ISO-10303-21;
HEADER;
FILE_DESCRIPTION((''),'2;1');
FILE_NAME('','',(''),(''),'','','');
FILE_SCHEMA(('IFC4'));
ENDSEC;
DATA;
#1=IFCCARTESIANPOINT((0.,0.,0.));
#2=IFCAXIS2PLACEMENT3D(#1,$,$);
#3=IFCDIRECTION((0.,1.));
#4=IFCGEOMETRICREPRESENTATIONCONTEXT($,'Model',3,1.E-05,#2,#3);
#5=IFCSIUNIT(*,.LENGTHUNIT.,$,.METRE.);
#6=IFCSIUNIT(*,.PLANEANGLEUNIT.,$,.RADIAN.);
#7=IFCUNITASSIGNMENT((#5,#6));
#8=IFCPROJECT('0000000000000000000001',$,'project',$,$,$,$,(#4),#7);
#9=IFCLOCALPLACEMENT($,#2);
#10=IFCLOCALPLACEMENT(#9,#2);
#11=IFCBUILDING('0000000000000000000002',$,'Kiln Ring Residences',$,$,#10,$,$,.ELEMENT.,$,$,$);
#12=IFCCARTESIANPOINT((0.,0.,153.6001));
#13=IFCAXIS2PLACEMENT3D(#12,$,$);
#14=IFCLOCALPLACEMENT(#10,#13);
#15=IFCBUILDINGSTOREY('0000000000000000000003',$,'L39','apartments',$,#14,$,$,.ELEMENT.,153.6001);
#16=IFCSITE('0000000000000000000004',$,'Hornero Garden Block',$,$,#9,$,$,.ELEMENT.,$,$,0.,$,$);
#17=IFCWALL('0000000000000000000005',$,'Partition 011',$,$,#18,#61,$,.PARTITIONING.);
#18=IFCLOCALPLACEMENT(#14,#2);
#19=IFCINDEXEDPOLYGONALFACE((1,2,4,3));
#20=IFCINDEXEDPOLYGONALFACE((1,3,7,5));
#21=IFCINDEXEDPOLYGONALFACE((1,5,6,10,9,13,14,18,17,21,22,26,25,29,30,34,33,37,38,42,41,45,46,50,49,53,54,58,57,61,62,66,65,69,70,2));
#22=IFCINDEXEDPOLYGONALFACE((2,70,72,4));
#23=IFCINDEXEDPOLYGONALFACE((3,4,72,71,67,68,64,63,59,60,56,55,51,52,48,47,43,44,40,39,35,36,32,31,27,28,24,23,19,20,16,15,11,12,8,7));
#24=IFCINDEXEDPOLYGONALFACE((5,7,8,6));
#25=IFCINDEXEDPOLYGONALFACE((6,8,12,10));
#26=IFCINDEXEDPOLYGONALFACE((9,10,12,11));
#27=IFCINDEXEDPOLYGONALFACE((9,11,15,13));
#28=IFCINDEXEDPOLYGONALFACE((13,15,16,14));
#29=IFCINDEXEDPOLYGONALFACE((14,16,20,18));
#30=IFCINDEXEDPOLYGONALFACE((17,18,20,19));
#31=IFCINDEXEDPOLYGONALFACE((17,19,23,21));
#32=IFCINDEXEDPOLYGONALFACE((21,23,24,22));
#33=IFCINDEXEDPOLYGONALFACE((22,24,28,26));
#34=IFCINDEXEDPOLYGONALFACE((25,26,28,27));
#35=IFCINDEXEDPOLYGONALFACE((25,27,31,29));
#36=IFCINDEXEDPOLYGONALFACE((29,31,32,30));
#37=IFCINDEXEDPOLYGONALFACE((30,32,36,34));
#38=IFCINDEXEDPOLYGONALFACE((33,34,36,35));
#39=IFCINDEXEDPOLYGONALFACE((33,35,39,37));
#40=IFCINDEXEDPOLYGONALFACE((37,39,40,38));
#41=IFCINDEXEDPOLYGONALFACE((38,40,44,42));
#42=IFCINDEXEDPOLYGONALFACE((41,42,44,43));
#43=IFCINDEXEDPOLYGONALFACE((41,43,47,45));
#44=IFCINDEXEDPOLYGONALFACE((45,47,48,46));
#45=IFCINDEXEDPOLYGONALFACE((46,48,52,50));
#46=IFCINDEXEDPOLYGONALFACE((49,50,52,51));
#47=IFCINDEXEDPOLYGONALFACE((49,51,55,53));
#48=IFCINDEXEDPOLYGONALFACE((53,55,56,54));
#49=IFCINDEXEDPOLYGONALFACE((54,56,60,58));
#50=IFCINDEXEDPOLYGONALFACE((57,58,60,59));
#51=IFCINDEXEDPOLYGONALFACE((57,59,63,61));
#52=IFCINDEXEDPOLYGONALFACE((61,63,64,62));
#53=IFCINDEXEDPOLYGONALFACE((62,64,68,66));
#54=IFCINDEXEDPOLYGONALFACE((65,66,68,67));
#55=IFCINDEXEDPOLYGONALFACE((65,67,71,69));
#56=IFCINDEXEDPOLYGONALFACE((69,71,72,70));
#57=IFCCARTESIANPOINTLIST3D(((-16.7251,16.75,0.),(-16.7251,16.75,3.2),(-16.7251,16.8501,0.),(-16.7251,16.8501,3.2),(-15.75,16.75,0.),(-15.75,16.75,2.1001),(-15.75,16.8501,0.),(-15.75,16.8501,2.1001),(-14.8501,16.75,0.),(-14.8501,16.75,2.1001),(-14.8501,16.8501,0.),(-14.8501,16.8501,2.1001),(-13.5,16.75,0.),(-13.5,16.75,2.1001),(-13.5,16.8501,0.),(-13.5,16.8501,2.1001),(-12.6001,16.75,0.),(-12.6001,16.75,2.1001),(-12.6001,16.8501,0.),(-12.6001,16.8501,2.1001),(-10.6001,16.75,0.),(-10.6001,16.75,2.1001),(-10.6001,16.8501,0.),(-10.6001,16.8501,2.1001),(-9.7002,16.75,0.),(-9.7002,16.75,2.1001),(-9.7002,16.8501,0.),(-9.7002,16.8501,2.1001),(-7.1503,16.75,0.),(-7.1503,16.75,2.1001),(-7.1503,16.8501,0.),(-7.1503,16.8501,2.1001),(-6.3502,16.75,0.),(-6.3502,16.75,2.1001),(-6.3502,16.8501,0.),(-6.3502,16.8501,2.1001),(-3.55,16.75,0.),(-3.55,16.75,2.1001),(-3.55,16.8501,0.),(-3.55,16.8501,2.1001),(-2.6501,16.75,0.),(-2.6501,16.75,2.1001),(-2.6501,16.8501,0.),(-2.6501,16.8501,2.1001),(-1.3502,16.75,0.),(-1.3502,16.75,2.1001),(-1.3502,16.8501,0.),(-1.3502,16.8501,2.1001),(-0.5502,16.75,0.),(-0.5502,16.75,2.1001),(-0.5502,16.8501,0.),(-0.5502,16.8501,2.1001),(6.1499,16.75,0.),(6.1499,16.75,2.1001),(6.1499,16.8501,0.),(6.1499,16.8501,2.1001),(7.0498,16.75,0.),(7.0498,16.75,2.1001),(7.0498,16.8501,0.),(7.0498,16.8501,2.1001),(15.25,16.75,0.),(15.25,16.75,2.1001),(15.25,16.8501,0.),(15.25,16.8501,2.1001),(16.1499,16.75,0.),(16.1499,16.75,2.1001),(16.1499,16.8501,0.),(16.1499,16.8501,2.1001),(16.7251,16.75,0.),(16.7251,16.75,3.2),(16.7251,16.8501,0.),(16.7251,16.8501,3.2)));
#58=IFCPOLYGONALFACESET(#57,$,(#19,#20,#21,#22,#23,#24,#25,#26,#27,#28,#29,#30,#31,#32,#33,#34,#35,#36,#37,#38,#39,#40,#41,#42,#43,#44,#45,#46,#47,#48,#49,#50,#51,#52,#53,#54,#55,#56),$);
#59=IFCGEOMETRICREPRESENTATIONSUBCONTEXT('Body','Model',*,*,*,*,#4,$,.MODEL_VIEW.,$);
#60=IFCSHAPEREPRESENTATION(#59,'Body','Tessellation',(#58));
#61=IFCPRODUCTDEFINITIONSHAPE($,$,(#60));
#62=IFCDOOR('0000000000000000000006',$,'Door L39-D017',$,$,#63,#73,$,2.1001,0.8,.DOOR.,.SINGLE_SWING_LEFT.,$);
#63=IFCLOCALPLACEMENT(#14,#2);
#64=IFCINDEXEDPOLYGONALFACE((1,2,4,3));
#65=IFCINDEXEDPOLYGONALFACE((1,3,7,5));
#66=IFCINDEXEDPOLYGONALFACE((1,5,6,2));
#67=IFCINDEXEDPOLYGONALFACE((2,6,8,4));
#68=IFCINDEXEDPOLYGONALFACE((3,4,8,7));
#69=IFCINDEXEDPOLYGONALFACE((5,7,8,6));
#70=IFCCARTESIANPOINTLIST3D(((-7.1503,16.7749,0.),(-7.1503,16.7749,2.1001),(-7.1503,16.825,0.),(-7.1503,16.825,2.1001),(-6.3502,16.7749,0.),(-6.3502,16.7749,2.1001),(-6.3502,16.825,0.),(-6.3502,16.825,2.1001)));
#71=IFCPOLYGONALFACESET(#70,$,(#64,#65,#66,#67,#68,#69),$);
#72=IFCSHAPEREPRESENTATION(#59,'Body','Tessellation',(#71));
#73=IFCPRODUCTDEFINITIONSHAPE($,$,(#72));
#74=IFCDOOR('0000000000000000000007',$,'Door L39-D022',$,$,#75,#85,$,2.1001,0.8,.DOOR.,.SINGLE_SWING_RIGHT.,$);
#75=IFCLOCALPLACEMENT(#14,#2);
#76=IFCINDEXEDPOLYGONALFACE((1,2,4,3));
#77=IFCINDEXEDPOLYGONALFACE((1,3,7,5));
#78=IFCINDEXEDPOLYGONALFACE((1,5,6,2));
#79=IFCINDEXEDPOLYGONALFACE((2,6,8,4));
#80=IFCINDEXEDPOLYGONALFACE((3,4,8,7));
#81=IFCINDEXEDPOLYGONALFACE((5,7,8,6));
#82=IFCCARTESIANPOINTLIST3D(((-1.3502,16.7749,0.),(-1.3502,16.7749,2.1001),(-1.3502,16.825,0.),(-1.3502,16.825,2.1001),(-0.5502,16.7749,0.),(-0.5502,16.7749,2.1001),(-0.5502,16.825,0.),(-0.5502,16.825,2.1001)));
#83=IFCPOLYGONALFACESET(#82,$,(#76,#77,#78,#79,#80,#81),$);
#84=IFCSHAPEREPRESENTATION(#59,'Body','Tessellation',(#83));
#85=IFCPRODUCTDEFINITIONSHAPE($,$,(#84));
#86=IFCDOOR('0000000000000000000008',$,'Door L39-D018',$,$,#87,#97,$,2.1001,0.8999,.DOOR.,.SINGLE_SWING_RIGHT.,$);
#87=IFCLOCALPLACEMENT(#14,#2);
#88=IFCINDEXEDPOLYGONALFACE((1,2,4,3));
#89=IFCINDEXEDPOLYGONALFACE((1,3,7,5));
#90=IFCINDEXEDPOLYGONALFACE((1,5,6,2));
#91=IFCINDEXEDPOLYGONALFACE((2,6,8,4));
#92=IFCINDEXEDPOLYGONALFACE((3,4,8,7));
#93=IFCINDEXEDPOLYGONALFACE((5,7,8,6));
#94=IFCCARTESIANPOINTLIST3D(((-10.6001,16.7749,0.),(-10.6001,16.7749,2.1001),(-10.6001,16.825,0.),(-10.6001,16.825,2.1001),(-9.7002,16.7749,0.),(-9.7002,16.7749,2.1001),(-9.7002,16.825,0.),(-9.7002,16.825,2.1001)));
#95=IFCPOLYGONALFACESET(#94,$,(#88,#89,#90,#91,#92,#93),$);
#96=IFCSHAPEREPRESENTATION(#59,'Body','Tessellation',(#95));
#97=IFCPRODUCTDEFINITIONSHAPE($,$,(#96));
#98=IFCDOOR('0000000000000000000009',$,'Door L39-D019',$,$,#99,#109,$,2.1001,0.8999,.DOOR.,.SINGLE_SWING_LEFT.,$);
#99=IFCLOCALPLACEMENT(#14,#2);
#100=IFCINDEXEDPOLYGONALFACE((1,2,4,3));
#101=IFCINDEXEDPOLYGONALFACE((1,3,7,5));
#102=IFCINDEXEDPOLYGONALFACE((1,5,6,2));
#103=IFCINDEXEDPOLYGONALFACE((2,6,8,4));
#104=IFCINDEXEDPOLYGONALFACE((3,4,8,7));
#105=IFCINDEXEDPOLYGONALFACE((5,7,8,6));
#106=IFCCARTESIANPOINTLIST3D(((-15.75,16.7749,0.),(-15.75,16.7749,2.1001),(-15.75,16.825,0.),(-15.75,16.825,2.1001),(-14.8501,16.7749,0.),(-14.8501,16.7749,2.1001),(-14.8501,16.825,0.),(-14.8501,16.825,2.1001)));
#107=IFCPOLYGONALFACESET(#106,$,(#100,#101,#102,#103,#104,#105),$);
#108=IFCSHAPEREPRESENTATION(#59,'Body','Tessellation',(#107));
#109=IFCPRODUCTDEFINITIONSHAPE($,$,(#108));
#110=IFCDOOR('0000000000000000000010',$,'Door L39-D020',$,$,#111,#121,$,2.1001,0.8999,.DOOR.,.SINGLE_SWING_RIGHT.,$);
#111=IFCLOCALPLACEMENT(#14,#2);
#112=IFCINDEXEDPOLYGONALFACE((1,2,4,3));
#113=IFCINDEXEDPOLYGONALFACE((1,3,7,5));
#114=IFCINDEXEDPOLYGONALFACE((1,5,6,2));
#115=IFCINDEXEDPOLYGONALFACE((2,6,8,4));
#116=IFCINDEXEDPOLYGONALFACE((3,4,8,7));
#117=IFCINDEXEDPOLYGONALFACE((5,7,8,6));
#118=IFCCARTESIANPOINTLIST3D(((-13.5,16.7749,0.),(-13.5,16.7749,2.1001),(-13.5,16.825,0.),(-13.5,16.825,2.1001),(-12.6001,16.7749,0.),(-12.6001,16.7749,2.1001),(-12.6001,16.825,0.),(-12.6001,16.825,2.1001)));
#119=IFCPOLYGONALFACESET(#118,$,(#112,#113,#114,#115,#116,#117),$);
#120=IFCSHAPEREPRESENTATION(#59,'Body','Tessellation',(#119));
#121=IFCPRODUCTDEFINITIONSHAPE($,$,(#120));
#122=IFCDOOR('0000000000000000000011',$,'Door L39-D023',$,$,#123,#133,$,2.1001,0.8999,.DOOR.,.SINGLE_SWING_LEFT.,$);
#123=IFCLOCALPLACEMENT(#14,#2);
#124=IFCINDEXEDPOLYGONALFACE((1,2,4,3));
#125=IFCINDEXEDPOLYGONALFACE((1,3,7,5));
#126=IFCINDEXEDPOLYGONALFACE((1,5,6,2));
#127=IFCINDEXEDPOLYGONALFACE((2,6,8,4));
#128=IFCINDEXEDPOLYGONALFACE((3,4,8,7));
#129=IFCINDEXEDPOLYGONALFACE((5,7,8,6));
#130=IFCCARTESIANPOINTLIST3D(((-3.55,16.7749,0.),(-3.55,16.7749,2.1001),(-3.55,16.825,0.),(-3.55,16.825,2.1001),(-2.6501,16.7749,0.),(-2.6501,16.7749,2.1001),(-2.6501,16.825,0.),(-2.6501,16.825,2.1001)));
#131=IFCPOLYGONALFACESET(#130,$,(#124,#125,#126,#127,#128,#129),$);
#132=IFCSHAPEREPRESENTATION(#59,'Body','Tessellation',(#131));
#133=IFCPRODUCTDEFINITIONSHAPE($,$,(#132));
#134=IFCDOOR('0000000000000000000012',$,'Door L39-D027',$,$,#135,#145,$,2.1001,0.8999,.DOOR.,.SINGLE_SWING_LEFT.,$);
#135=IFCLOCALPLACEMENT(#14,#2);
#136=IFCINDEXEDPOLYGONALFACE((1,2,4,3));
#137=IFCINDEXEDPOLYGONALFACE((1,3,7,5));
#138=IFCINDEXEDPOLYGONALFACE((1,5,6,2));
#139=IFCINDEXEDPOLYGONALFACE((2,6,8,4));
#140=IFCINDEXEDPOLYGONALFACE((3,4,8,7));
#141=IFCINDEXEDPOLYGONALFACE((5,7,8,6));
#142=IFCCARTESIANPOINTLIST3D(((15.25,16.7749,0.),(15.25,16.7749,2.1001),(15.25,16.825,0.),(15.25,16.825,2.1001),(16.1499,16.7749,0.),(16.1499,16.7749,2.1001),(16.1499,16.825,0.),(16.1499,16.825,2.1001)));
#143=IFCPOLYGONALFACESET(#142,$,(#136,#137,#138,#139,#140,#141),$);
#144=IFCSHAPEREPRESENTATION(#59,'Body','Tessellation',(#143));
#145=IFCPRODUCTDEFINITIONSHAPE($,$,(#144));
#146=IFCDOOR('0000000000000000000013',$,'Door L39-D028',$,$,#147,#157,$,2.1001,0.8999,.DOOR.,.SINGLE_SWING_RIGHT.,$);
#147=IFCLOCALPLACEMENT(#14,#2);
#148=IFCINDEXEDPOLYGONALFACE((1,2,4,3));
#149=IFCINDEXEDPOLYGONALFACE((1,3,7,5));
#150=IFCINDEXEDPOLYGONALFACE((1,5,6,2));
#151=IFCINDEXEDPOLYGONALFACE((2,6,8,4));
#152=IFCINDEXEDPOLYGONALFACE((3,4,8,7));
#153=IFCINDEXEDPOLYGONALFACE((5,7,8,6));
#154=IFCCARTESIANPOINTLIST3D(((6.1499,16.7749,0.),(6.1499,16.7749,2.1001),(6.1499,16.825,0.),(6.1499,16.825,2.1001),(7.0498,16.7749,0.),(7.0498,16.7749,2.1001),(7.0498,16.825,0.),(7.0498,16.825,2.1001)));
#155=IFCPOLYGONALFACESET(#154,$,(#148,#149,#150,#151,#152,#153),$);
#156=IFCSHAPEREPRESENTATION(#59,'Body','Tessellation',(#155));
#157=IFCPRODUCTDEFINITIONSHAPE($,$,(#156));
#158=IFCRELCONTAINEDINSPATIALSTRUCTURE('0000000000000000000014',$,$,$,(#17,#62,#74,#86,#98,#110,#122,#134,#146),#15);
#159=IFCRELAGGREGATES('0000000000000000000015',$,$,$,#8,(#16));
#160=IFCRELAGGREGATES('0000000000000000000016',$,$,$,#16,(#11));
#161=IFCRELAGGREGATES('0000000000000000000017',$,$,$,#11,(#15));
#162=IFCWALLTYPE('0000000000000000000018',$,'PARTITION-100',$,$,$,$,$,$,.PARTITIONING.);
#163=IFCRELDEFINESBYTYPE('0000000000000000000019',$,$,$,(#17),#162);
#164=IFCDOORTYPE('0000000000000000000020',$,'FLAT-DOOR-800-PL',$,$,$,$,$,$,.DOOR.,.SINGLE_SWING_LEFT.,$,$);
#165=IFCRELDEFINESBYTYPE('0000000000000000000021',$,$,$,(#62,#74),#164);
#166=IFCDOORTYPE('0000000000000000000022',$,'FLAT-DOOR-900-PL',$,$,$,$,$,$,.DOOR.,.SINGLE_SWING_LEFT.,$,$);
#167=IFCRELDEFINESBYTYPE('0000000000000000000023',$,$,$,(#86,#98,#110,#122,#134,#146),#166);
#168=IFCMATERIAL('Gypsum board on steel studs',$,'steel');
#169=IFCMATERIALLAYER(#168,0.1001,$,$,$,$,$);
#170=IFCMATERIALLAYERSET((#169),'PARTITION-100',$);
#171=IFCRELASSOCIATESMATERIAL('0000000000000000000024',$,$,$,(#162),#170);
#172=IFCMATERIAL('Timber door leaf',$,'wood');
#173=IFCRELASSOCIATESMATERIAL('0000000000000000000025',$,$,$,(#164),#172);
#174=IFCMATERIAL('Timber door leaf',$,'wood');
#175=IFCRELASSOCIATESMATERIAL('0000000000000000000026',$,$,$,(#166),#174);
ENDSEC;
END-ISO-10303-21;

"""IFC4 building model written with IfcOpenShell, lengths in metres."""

from ifc_helpers import new_model, si_unit, direction, frame, frame_2d, origin, place, context, subcontext, project, spatial, rectangle, extrude, material, layer, layer_set, type_object, element, fill, save


model = new_model("IFC4")

# Units and contexts
model_context = context("Model", 3, precision=1e-05, world=origin(), true_north=direction((0.0, 1.0)))
body_context = subcontext(model_context, "Body", "Model", "MODEL_VIEW")
ifc_project = project(units=[si_unit("LENGTHUNIT", "METRE"), si_unit("PLANEANGLEUNIT", "RADIAN")], contexts=[model_context])

# Site, building, storey
site_placement = place(None, origin())
site = spatial("IfcSite", under=ifc_project, at=site_placement, Name="Hornero Garden Block", CompositionType="ELEMENT", RefElevation=0.0)
building_placement = place(site_placement, origin())
building = spatial("IfcBuilding", under=site, at=building_placement, Name="Kiln Ring Residences", CompositionType="ELEMENT")
storey_placement = place(building_placement, frame((0.0, 0.0, 153.6001)))
storey = spatial("IfcBuildingStorey", under=building, at=storey_placement, Name="L39", Description="apartments", CompositionType="ELEMENT", Elevation=153.6001)

# Wall, openings, doors
ifc_material_1 = material(Name="Gypsum board on steel studs", Category="steel")
ifc_layer_1 = layer(ifc_material_1, 0.1001)
ifc_layer_set_1 = layer_set([ifc_layer_1], Name="PARTITION-100")
wall_type_1 = type_object("IfcWallType", Name="PARTITION-100", PredefinedType="PARTITIONING", material=ifc_layer_set_1)
wall_1_placement = place(storey_placement, frame((-16.7251, 16.8, 0.0), z_axis=(0.0, 0.0, 1.0), x_axis=(1.0, 0.0, 0.0)))
wall_1 = element("IfcWall", 1, at=wall_1_placement, inside=storey, type_object=wall_type_1, Name="Partition 011", PredefinedType="PARTITIONING", context=body_context, shape_type="SweptSolid", body=[
    extrude(rectangle(XDim=33.4502, YDim=0.1001, at=frame_2d((16.7251, 0.0))), origin(), (0.0, 0.0, 1.0), 3.2),
])
opening_1_placement = place(wall_1_placement, frame((9.575, 0.0, 0.0)))
opening_1 = element("IfcOpeningElement", 2, at=opening_1_placement, cuts=wall_1, PredefinedType="OPENING", context=body_context, shape_type="SweptSolid", body=[
    extrude(rectangle(XDim=0.8, YDim=2.1001, at=frame_2d((0.3999, 1.05))), frame((0.0, 0.0601, 0.0), z_axis=(0.0, -1.0, 0.0), x_axis=(1.0, 0.0, 0.0)), (0.0, 0.0, 1.0), 0.1201),
])
opening_2_placement = place(wall_1_placement, frame((6.125, 0.0, 0.0)))
opening_2 = element("IfcOpeningElement", 3, at=opening_2_placement, cuts=wall_1, PredefinedType="OPENING", context=body_context, shape_type="SweptSolid", body=[
    extrude(rectangle(XDim=0.8999, YDim=2.1001, at=frame_2d((0.45, 1.05))), frame((0.0, 0.0601, 0.0), z_axis=(0.0, -1.0, 0.0), x_axis=(1.0, 0.0, 0.0)), (0.0, 0.0, 1.0), 0.1201),
])
opening_3_placement = place(wall_1_placement, frame((0.9751, 0.0, 0.0)))
opening_3 = element("IfcOpeningElement", 4, at=opening_3_placement, cuts=wall_1, PredefinedType="OPENING", context=body_context, shape_type="SweptSolid", body=[
    extrude(rectangle(XDim=0.8999, YDim=2.1001, at=frame_2d((0.45, 1.05))), frame((0.0, 0.0601, 0.0), z_axis=(0.0, -1.0, 0.0), x_axis=(1.0, 0.0, 0.0)), (0.0, 0.0, 1.0), 0.1201),
])
opening_4_placement = place(wall_1_placement, frame((3.2251, 0.0, 0.0)))
opening_4 = element("IfcOpeningElement", 5, at=opening_4_placement, cuts=wall_1, PredefinedType="OPENING", context=body_context, shape_type="SweptSolid", body=[
    extrude(rectangle(XDim=0.8999, YDim=2.1001, at=frame_2d((0.45, 1.05))), frame((0.0, 0.0601, 0.0), z_axis=(0.0, -1.0, 0.0), x_axis=(1.0, 0.0, 0.0)), (0.0, 0.0, 1.0), 0.1201),
])
opening_5_placement = place(wall_1_placement, frame((15.375, 0.0, 0.0)))
opening_5 = element("IfcOpeningElement", 6, at=opening_5_placement, cuts=wall_1, PredefinedType="OPENING", context=body_context, shape_type="SweptSolid", body=[
    extrude(rectangle(XDim=0.8, YDim=2.1001, at=frame_2d((0.3999, 1.05))), frame((0.0, 0.0601, 0.0), z_axis=(0.0, -1.0, 0.0), x_axis=(1.0, 0.0, 0.0)), (0.0, 0.0, 1.0), 0.1201),
])
opening_6_placement = place(wall_1_placement, frame((13.175, 0.0, 0.0)))
opening_6 = element("IfcOpeningElement", 7, at=opening_6_placement, cuts=wall_1, PredefinedType="OPENING", context=body_context, shape_type="SweptSolid", body=[
    extrude(rectangle(XDim=0.8999, YDim=2.1001, at=frame_2d((0.45, 1.05))), frame((0.0, 0.0601, 0.0), z_axis=(0.0, -1.0, 0.0), x_axis=(1.0, 0.0, 0.0)), (0.0, 0.0, 1.0), 0.1201),
])
opening_7_placement = place(wall_1_placement, frame((31.9751, 0.0, 0.0)))
opening_7 = element("IfcOpeningElement", 8, at=opening_7_placement, cuts=wall_1, PredefinedType="OPENING", context=body_context, shape_type="SweptSolid", body=[
    extrude(rectangle(XDim=0.8999, YDim=2.1001, at=frame_2d((0.45, 1.05))), frame((0.0, 0.0601, 0.0), z_axis=(0.0, -1.0, 0.0), x_axis=(1.0, 0.0, 0.0)), (0.0, 0.0, 1.0), 0.1201),
])
opening_8_placement = place(wall_1_placement, frame((22.875, 0.0, 0.0)))
opening_8 = element("IfcOpeningElement", 9, at=opening_8_placement, cuts=wall_1, PredefinedType="OPENING", context=body_context, shape_type="SweptSolid", body=[
    extrude(rectangle(XDim=0.8999, YDim=2.1001, at=frame_2d((0.45, 1.05))), frame((0.0, 0.0601, 0.0), z_axis=(0.0, -1.0, 0.0), x_axis=(1.0, 0.0, 0.0)), (0.0, 0.0, 1.0), 0.1201),
])
ifc_material_2 = material(Name="Timber door leaf", Category="wood")
door_type_1 = type_object("IfcDoorType", Name="FLAT-DOOR-800-PL", OperationType="SINGLE_SWING_LEFT", PredefinedType="DOOR", material=ifc_material_2)
door_1_placement = place(opening_1_placement, origin())
door_1 = element("IfcDoor", 10, at=door_1_placement, inside=storey, type_object=door_type_1, Name="Door L39-D017", OperationType="SINGLE_SWING_LEFT", OverallHeight=2.1001, OverallWidth=0.8, PredefinedType="DOOR", context=body_context, shape_type="SweptSolid", body=[
    extrude(rectangle(XDim=0.8, YDim=2.1001, at=frame_2d((0.3999, 1.05))), frame((0.0, 0.0249, 0.0), z_axis=(0.0, -1.0, 0.0), x_axis=(1.0, 0.0, 0.0)), (0.0, 0.0, 1.0), 0.05),
])
fill(opening_1, door_1)
door_2_placement = place(opening_5_placement, origin())
door_2 = element("IfcDoor", 11, at=door_2_placement, inside=storey, type_object=door_type_1, Name="Door L39-D022", OperationType="SINGLE_SWING_RIGHT", OverallHeight=2.1001, OverallWidth=0.8, PredefinedType="DOOR", context=body_context, shape_type="SweptSolid", body=[
    extrude(rectangle(XDim=0.8, YDim=2.1001, at=frame_2d((0.3999, 1.05))), frame((0.0, 0.0249, 0.0), z_axis=(0.0, -1.0, 0.0), x_axis=(1.0, 0.0, 0.0)), (0.0, 0.0, 1.0), 0.05),
])
fill(opening_5, door_2)
ifc_material_3 = material(Name="Timber door leaf", Category="wood")
door_type_2 = type_object("IfcDoorType", Name="FLAT-DOOR-900-PL", OperationType="SINGLE_SWING_LEFT", PredefinedType="DOOR", material=ifc_material_3)
door_3_placement = place(opening_2_placement, origin())
door_3 = element("IfcDoor", 12, at=door_3_placement, inside=storey, type_object=door_type_2, Name="Door L39-D018", OperationType="SINGLE_SWING_RIGHT", OverallHeight=2.1001, OverallWidth=0.8999, PredefinedType="DOOR", context=body_context, shape_type="SweptSolid", body=[
    extrude(rectangle(XDim=0.8999, YDim=2.1001, at=frame_2d((0.45, 1.05))), frame((0.0, 0.0249, 0.0), z_axis=(0.0, -1.0, 0.0), x_axis=(1.0, 0.0, 0.0)), (0.0, 0.0, 1.0), 0.05),
])
fill(opening_2, door_3)
door_4_placement = place(opening_3_placement, origin())
door_4 = element("IfcDoor", 13, at=door_4_placement, inside=storey, type_object=door_type_2, Name="Door L39-D019", OperationType="SINGLE_SWING_LEFT", OverallHeight=2.1001, OverallWidth=0.8999, PredefinedType="DOOR", context=body_context, shape_type="SweptSolid", body=[
    extrude(rectangle(XDim=0.8999, YDim=2.1001, at=frame_2d((0.45, 1.05))), frame((0.0, 0.0249, 0.0), z_axis=(0.0, -1.0, 0.0), x_axis=(1.0, 0.0, 0.0)), (0.0, 0.0, 1.0), 0.05),
])
fill(opening_3, door_4)
door_5_placement = place(opening_4_placement, origin())
door_5 = element("IfcDoor", 14, at=door_5_placement, inside=storey, type_object=door_type_2, Name="Door L39-D020", OperationType="SINGLE_SWING_RIGHT", OverallHeight=2.1001, OverallWidth=0.8999, PredefinedType="DOOR", context=body_context, shape_type="SweptSolid", body=[
    extrude(rectangle(XDim=0.8999, YDim=2.1001, at=frame_2d((0.45, 1.05))), frame((0.0, 0.0249, 0.0), z_axis=(0.0, -1.0, 0.0), x_axis=(1.0, 0.0, 0.0)), (0.0, 0.0, 1.0), 0.05),
])
fill(opening_4, door_5)
door_6_placement = place(opening_6_placement, origin())
door_6 = element("IfcDoor", 15, at=door_6_placement, inside=storey, type_object=door_type_2, Name="Door L39-D023", OperationType="SINGLE_SWING_LEFT", OverallHeight=2.1001, OverallWidth=0.8999, PredefinedType="DOOR", context=body_context, shape_type="SweptSolid", body=[
    extrude(rectangle(XDim=0.8999, YDim=2.1001, at=frame_2d((0.45, 1.05))), frame((0.0, 0.0249, 0.0), z_axis=(0.0, -1.0, 0.0), x_axis=(1.0, 0.0, 0.0)), (0.0, 0.0, 1.0), 0.05),
])
fill(opening_6, door_6)
door_7_placement = place(opening_7_placement, origin())
door_7 = element("IfcDoor", 16, at=door_7_placement, inside=storey, type_object=door_type_2, Name="Door L39-D027", OperationType="SINGLE_SWING_LEFT", OverallHeight=2.1001, OverallWidth=0.8999, PredefinedType="DOOR", context=body_context, shape_type="SweptSolid", body=[
    extrude(rectangle(XDim=0.8999, YDim=2.1001, at=frame_2d((0.45, 1.05))), frame((0.0, 0.0249, 0.0), z_axis=(0.0, -1.0, 0.0), x_axis=(1.0, 0.0, 0.0)), (0.0, 0.0, 1.0), 0.05),
])
fill(opening_7, door_7)
door_8_placement = place(opening_8_placement, origin())
door_8 = element("IfcDoor", 17, at=door_8_placement, inside=storey, type_object=door_type_2, Name="Door L39-D028", OperationType="SINGLE_SWING_RIGHT", OverallHeight=2.1001, OverallWidth=0.8999, PredefinedType="DOOR", context=body_context, shape_type="SweptSolid", body=[
    extrude(rectangle(XDim=0.8999, YDim=2.1001, at=frame_2d((0.45, 1.05))), frame((0.0, 0.0249, 0.0), z_axis=(0.0, -1.0, 0.0), x_axis=(1.0, 0.0, 0.0)), (0.0, 0.0, 1.0), 0.05),
])
fill(opening_8, door_8)

save(model, "model.ifc")
